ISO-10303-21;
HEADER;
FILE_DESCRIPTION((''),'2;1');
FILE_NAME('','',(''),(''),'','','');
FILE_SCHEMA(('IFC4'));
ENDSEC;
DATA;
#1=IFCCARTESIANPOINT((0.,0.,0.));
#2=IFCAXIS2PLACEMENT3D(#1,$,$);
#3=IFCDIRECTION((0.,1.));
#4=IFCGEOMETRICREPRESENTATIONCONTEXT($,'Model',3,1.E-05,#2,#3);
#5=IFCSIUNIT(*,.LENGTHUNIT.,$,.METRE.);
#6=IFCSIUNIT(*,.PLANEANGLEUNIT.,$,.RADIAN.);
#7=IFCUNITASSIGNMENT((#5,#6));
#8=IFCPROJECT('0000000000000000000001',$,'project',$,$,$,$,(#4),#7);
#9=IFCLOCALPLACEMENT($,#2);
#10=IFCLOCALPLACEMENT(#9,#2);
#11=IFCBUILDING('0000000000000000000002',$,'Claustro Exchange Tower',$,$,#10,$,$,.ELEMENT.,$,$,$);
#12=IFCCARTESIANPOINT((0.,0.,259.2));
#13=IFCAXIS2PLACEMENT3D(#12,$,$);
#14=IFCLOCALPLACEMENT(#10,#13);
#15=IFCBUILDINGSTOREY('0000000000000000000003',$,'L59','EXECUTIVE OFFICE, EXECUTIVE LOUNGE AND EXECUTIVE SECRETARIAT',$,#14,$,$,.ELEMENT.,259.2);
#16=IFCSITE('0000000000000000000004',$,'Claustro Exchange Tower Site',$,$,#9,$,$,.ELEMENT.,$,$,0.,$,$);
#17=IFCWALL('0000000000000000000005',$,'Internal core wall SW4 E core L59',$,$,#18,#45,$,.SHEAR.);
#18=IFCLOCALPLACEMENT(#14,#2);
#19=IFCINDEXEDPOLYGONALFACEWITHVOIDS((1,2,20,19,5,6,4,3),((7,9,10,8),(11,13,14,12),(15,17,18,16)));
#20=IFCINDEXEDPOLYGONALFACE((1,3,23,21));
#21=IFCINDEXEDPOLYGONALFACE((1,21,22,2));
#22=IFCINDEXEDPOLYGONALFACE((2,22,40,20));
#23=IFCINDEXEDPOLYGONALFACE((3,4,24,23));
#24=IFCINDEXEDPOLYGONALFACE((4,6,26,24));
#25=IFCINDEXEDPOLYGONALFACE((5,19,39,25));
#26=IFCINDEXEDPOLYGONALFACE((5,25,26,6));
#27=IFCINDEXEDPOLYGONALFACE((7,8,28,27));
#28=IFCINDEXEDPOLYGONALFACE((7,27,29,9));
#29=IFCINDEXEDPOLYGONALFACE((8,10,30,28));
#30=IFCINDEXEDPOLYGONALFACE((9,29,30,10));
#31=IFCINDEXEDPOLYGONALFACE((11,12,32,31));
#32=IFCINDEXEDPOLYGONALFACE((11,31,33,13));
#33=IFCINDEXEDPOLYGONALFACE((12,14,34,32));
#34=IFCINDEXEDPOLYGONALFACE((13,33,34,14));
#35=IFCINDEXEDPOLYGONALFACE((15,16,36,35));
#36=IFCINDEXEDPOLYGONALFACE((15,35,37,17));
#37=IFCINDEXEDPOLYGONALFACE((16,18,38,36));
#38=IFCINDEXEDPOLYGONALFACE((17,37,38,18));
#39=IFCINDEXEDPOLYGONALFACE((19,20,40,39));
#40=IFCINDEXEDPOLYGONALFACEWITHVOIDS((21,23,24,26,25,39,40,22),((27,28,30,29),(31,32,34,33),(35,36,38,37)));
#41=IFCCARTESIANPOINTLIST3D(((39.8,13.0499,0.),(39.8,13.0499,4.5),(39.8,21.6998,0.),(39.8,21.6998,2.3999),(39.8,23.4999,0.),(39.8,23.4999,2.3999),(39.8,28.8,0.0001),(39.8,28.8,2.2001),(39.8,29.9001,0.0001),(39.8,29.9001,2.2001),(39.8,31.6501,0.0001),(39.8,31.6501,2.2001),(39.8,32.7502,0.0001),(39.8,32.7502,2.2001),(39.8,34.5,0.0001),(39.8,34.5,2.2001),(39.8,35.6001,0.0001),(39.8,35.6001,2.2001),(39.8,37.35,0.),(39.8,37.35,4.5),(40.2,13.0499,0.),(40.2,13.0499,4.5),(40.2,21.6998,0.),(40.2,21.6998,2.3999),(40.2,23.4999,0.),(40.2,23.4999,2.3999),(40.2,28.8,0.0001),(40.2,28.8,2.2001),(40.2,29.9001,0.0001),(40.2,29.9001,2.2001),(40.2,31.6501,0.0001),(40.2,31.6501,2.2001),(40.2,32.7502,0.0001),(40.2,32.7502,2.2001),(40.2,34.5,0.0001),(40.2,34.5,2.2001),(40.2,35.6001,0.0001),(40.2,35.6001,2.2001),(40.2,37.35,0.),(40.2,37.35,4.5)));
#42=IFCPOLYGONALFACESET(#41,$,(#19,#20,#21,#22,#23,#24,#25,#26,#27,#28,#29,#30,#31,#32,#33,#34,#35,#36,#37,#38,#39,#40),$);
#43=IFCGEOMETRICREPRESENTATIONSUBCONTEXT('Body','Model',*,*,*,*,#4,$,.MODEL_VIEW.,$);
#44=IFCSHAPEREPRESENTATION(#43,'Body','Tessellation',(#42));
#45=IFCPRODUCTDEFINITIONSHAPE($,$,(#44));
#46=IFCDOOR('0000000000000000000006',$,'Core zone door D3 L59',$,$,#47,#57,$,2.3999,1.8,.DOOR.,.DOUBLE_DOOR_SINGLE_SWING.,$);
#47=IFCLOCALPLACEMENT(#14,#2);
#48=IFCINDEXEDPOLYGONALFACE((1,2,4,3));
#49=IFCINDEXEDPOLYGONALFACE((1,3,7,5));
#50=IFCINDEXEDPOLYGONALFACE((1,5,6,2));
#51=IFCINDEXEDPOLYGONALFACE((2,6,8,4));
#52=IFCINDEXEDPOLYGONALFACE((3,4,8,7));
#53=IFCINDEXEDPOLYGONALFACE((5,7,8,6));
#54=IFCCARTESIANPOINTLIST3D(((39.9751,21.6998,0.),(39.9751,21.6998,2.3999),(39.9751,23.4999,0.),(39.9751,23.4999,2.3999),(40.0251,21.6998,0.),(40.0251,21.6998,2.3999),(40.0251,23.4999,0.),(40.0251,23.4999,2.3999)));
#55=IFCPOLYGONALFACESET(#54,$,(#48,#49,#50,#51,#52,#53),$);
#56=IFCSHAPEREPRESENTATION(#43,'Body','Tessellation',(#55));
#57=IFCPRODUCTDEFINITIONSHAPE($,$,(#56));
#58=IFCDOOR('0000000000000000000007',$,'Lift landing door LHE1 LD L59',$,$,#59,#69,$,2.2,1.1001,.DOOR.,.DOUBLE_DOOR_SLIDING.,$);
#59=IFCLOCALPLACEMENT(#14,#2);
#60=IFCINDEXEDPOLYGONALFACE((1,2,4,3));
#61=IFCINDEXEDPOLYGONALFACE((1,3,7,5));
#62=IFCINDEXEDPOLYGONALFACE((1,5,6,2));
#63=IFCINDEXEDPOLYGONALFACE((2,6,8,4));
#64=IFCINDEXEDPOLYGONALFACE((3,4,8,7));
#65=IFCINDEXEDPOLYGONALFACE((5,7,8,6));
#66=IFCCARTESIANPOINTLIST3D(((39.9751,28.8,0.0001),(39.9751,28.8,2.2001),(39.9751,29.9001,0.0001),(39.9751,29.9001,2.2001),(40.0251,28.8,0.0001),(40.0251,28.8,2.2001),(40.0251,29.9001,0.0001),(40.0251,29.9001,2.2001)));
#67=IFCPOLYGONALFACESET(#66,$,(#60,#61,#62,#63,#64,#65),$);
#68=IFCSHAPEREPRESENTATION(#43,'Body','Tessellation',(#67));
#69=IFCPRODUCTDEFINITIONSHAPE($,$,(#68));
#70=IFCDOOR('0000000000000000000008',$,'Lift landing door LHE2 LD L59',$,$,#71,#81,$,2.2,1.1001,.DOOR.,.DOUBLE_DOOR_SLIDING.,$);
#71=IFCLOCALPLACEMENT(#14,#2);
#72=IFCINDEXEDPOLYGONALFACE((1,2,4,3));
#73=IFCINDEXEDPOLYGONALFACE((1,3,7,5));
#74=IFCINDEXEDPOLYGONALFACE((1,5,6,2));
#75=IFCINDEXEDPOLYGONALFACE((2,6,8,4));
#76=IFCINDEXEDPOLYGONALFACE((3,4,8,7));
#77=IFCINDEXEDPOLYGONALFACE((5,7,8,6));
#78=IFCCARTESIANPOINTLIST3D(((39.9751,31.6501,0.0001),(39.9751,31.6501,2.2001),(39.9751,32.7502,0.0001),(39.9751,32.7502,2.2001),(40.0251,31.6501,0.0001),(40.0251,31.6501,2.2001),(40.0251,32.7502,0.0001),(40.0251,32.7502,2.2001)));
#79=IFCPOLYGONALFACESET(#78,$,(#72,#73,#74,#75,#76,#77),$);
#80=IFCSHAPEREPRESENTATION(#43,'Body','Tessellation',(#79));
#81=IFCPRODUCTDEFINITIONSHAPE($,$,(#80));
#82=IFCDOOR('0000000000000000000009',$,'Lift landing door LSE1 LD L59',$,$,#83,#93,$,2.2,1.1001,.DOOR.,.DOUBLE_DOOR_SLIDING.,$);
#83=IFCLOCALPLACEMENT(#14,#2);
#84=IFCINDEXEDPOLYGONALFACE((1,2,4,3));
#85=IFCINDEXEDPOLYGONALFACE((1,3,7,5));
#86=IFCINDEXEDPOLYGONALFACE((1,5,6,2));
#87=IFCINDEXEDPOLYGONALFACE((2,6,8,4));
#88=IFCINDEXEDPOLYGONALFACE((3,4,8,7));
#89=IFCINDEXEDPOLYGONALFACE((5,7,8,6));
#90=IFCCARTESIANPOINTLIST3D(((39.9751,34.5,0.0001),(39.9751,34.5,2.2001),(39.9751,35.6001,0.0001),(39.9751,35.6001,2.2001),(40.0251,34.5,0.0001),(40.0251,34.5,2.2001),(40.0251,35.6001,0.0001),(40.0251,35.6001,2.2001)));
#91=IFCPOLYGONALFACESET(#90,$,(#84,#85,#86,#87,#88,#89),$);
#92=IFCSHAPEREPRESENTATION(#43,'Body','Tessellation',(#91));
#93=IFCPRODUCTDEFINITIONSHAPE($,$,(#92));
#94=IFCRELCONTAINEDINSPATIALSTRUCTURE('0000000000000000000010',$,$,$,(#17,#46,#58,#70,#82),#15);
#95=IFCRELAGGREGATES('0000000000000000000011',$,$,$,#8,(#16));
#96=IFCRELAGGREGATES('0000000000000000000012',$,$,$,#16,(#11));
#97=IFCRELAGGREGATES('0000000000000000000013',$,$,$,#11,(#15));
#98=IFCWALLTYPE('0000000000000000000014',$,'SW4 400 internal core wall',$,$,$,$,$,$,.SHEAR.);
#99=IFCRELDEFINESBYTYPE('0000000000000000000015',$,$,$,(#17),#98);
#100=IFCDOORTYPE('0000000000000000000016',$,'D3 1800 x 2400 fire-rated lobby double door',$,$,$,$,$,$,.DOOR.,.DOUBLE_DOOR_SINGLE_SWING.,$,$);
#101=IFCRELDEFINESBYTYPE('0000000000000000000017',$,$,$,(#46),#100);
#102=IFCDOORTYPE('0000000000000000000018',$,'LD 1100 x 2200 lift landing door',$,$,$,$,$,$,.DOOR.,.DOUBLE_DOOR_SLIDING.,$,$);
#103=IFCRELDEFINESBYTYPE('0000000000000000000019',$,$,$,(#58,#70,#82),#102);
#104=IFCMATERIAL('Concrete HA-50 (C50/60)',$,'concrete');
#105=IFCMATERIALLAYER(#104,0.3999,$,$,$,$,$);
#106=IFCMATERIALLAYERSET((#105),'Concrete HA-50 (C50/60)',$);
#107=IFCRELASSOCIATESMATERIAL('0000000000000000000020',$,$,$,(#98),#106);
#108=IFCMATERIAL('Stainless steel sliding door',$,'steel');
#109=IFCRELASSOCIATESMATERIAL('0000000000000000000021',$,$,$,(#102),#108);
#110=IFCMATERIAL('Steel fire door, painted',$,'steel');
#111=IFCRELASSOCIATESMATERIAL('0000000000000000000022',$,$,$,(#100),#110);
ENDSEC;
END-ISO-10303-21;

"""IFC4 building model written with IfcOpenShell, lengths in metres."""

from ifc_helpers import new_model, si_unit, direction, frame, frame_2d, origin, place, context, subcontext, project, spatial, rectangle, extrude, material, layer, layer_set, type_object, element, fill, save


model = new_model("IFC4")

# Units and contexts
model_context = context("Model", 3, precision=1e-05, world=origin(), true_north=direction((0.0, 1.0)))
body_context = subcontext(model_context, "Body", "Model", "MODEL_VIEW")
ifc_project = project(units=[si_unit("LENGTHUNIT", "METRE"), si_unit("PLANEANGLEUNIT", "RADIAN")], contexts=[model_context])

# Site, building, storey
site_placement = place(None, origin())
site = spatial("IfcSite", under=ifc_project, at=site_placement, Name="Claustro Exchange Tower Site", CompositionType="ELEMENT", RefElevation=0.0)
building_placement = place(site_placement, origin())
building = spatial("IfcBuilding", under=site, at=building_placement, Name="Claustro Exchange Tower", CompositionType="ELEMENT")
storey_placement = place(building_placement, frame((0.0, 0.0, 259.2)))
storey = spatial("IfcBuildingStorey", under=building, at=storey_placement, Name="L59", Description="EXECUTIVE OFFICE, EXECUTIVE LOUNGE AND EXECUTIVE SECRETARIAT", CompositionType="ELEMENT", Elevation=259.2)

# Wall, openings, doors
ifc_material_1 = material(Name="Concrete HA-50 (C50/60)", Category="concrete")
ifc_layer_1 = layer(ifc_material_1, 0.3999)
ifc_layer_set_1 = layer_set([ifc_layer_1], Name="Concrete HA-50 (C50/60)")
wall_type_1 = type_object("IfcWallType", Name="SW4 400 internal core wall", PredefinedType="SHEAR", material=ifc_layer_set_1)
ifc_material_2 = material(Name="Stainless steel sliding door", Category="steel")
door_type_1 = type_object("IfcDoorType", Name="LD 1100 x 2200 lift landing door", OperationType="DOUBLE_DOOR_SLIDING", PredefinedType="DOOR", material=ifc_material_2)
wall_1_placement = place(storey_placement, frame((40.0, 13.05, 0.0), z_axis=(0.0, 0.0, 1.0), x_axis=(0.0, 1.0, 0.0)))
wall_1 = element("IfcWall", 1, at=wall_1_placement, inside=storey, type_object=wall_type_1, Name="Internal core wall SW4 E core L59", PredefinedType="SHEAR", context=body_context, shape_type="SweptSolid", body=[
    extrude(rectangle(XDim=24.3, YDim=0.3999, at=frame_2d((12.1499, 0.0))), origin(), (0.0, 0.0, 1.0), 4.5),
])
opening_1_placement = place(wall_1_placement, frame((15.75, 0.0, 0.0)))
opening_1 = element("IfcOpeningElement", 2, at=opening_1_placement, cuts=wall_1, PredefinedType="OPENING", context=body_context, shape_type="SweptSolid", body=[
    extrude(rectangle(XDim=1.1001, YDim=2.2, at=frame_2d((0.55, 1.1001))), frame((0.0, 0.21, 0.0), z_axis=(0.0, -1.0, 0.0), x_axis=(1.0, 0.0, 0.0)), (0.0, 0.0, 1.0), 0.4199),
])
opening_2_placement = place(wall_1_placement, frame((18.6001, 0.0, 0.0)))
opening_2 = element("IfcOpeningElement", 3, at=opening_2_placement, cuts=wall_1, PredefinedType="OPENING", context=body_context, shape_type="SweptSolid", body=[
    extrude(rectangle(XDim=1.1001, YDim=2.2, at=frame_2d((0.55, 1.1001))), frame((0.0, 0.21, 0.0), z_axis=(0.0, -1.0, 0.0), x_axis=(1.0, 0.0, 0.0)), (0.0, 0.0, 1.0), 0.4199),
])
opening_3_placement = place(wall_1_placement, frame((21.45, 0.0, 0.0)))
opening_3 = element("IfcOpeningElement", 4, at=opening_3_placement, cuts=wall_1, PredefinedType="OPENING", context=body_context, shape_type="SweptSolid", body=[
    extrude(rectangle(XDim=1.1001, YDim=2.2, at=frame_2d((0.55, 1.1001))), frame((0.0, 0.21, 0.0), z_axis=(0.0, -1.0, 0.0), x_axis=(1.0, 0.0, 0.0)), (0.0, 0.0, 1.0), 0.4199),
])
opening_4_placement = place(wall_1_placement, frame((8.6499, 0.0, 0.0)))
opening_4 = element("IfcOpeningElement", 5, at=opening_4_placement, cuts=wall_1, PredefinedType="OPENING", context=body_context, shape_type="SweptSolid", body=[
    extrude(rectangle(XDim=1.8, YDim=2.3999, at=frame_2d((0.8999, 1.2))), frame((0.0, 0.21, 0.0), z_axis=(0.0, -1.0, 0.0), x_axis=(1.0, 0.0, 0.0)), (0.0, 0.0, 1.0), 0.4199),
])
ifc_material_3 = material(Name="Steel fire door, painted", Category="steel")
door_type_2 = type_object("IfcDoorType", Name="D3 1800 x 2400 fire-rated lobby double door", OperationType="DOUBLE_DOOR_SINGLE_SWING", PredefinedType="DOOR", material=ifc_material_3)
door_1_placement = place(opening_4_placement, origin())
door_1 = element("IfcDoor", 6, at=door_1_placement, inside=storey, type_object=door_type_2, Name="Core zone door D3 L59", OperationType="DOUBLE_DOOR_SINGLE_SWING", OverallHeight=2.3999, OverallWidth=1.8, PredefinedType="DOOR", context=body_context, shape_type="SweptSolid", body=[
    extrude(rectangle(XDim=1.8, YDim=2.3999, at=frame_2d((0.8999, 1.2))), frame((0.0, 0.0249, 0.0), z_axis=(0.0, -1.0, 0.0), x_axis=(1.0, 0.0, 0.0)), (0.0, 0.0, 1.0), 0.05),
])
fill(opening_4, door_1)
door_2_placement = place(opening_1_placement, origin())
door_2 = element("IfcDoor", 7, at=door_2_placement, inside=storey, type_object=door_type_1, Name="Lift landing door LHE1 LD L59", OperationType="DOUBLE_DOOR_SLIDING", OverallHeight=2.2, OverallWidth=1.1001, PredefinedType="DOOR", context=body_context, shape_type="SweptSolid", body=[
    extrude(rectangle(XDim=1.1001, YDim=2.2, at=frame_2d((0.55, 1.1001))), frame((0.0, 0.0249, 0.0), z_axis=(0.0, -1.0, 0.0), x_axis=(1.0, 0.0, 0.0)), (0.0, 0.0, 1.0), 0.05),
])
fill(opening_1, door_2)
door_3_placement = place(opening_2_placement, origin())
door_3 = element("IfcDoor", 8, at=door_3_placement, inside=storey, type_object=door_type_1, Name="Lift landing door LHE2 LD L59", OperationType="DOUBLE_DOOR_SLIDING", OverallHeight=2.2, OverallWidth=1.1001, PredefinedType="DOOR", context=body_context, shape_type="SweptSolid", body=[
    extrude(rectangle(XDim=1.1001, YDim=2.2, at=frame_2d((0.55, 1.1001))), frame((0.0, 0.0249, 0.0), z_axis=(0.0, -1.0, 0.0), x_axis=(1.0, 0.0, 0.0)), (0.0, 0.0, 1.0), 0.05),
])
fill(opening_2, door_3)
door_4_placement = place(opening_3_placement, origin())
door_4 = element("IfcDoor", 9, at=door_4_placement, inside=storey, type_object=door_type_1, Name="Lift landing door LSE1 LD L59", OperationType="DOUBLE_DOOR_SLIDING", OverallHeight=2.2, OverallWidth=1.1001, PredefinedType="DOOR", context=body_context, shape_type="SweptSolid", body=[
    extrude(rectangle(XDim=1.1001, YDim=2.2, at=frame_2d((0.55, 1.1001))), frame((0.0, 0.0249, 0.0), z_axis=(0.0, -1.0, 0.0), x_axis=(1.0, 0.0, 0.0)), (0.0, 0.0, 1.0), 0.05),
])
fill(opening_3, door_4)

save(model, "model.ifc")
